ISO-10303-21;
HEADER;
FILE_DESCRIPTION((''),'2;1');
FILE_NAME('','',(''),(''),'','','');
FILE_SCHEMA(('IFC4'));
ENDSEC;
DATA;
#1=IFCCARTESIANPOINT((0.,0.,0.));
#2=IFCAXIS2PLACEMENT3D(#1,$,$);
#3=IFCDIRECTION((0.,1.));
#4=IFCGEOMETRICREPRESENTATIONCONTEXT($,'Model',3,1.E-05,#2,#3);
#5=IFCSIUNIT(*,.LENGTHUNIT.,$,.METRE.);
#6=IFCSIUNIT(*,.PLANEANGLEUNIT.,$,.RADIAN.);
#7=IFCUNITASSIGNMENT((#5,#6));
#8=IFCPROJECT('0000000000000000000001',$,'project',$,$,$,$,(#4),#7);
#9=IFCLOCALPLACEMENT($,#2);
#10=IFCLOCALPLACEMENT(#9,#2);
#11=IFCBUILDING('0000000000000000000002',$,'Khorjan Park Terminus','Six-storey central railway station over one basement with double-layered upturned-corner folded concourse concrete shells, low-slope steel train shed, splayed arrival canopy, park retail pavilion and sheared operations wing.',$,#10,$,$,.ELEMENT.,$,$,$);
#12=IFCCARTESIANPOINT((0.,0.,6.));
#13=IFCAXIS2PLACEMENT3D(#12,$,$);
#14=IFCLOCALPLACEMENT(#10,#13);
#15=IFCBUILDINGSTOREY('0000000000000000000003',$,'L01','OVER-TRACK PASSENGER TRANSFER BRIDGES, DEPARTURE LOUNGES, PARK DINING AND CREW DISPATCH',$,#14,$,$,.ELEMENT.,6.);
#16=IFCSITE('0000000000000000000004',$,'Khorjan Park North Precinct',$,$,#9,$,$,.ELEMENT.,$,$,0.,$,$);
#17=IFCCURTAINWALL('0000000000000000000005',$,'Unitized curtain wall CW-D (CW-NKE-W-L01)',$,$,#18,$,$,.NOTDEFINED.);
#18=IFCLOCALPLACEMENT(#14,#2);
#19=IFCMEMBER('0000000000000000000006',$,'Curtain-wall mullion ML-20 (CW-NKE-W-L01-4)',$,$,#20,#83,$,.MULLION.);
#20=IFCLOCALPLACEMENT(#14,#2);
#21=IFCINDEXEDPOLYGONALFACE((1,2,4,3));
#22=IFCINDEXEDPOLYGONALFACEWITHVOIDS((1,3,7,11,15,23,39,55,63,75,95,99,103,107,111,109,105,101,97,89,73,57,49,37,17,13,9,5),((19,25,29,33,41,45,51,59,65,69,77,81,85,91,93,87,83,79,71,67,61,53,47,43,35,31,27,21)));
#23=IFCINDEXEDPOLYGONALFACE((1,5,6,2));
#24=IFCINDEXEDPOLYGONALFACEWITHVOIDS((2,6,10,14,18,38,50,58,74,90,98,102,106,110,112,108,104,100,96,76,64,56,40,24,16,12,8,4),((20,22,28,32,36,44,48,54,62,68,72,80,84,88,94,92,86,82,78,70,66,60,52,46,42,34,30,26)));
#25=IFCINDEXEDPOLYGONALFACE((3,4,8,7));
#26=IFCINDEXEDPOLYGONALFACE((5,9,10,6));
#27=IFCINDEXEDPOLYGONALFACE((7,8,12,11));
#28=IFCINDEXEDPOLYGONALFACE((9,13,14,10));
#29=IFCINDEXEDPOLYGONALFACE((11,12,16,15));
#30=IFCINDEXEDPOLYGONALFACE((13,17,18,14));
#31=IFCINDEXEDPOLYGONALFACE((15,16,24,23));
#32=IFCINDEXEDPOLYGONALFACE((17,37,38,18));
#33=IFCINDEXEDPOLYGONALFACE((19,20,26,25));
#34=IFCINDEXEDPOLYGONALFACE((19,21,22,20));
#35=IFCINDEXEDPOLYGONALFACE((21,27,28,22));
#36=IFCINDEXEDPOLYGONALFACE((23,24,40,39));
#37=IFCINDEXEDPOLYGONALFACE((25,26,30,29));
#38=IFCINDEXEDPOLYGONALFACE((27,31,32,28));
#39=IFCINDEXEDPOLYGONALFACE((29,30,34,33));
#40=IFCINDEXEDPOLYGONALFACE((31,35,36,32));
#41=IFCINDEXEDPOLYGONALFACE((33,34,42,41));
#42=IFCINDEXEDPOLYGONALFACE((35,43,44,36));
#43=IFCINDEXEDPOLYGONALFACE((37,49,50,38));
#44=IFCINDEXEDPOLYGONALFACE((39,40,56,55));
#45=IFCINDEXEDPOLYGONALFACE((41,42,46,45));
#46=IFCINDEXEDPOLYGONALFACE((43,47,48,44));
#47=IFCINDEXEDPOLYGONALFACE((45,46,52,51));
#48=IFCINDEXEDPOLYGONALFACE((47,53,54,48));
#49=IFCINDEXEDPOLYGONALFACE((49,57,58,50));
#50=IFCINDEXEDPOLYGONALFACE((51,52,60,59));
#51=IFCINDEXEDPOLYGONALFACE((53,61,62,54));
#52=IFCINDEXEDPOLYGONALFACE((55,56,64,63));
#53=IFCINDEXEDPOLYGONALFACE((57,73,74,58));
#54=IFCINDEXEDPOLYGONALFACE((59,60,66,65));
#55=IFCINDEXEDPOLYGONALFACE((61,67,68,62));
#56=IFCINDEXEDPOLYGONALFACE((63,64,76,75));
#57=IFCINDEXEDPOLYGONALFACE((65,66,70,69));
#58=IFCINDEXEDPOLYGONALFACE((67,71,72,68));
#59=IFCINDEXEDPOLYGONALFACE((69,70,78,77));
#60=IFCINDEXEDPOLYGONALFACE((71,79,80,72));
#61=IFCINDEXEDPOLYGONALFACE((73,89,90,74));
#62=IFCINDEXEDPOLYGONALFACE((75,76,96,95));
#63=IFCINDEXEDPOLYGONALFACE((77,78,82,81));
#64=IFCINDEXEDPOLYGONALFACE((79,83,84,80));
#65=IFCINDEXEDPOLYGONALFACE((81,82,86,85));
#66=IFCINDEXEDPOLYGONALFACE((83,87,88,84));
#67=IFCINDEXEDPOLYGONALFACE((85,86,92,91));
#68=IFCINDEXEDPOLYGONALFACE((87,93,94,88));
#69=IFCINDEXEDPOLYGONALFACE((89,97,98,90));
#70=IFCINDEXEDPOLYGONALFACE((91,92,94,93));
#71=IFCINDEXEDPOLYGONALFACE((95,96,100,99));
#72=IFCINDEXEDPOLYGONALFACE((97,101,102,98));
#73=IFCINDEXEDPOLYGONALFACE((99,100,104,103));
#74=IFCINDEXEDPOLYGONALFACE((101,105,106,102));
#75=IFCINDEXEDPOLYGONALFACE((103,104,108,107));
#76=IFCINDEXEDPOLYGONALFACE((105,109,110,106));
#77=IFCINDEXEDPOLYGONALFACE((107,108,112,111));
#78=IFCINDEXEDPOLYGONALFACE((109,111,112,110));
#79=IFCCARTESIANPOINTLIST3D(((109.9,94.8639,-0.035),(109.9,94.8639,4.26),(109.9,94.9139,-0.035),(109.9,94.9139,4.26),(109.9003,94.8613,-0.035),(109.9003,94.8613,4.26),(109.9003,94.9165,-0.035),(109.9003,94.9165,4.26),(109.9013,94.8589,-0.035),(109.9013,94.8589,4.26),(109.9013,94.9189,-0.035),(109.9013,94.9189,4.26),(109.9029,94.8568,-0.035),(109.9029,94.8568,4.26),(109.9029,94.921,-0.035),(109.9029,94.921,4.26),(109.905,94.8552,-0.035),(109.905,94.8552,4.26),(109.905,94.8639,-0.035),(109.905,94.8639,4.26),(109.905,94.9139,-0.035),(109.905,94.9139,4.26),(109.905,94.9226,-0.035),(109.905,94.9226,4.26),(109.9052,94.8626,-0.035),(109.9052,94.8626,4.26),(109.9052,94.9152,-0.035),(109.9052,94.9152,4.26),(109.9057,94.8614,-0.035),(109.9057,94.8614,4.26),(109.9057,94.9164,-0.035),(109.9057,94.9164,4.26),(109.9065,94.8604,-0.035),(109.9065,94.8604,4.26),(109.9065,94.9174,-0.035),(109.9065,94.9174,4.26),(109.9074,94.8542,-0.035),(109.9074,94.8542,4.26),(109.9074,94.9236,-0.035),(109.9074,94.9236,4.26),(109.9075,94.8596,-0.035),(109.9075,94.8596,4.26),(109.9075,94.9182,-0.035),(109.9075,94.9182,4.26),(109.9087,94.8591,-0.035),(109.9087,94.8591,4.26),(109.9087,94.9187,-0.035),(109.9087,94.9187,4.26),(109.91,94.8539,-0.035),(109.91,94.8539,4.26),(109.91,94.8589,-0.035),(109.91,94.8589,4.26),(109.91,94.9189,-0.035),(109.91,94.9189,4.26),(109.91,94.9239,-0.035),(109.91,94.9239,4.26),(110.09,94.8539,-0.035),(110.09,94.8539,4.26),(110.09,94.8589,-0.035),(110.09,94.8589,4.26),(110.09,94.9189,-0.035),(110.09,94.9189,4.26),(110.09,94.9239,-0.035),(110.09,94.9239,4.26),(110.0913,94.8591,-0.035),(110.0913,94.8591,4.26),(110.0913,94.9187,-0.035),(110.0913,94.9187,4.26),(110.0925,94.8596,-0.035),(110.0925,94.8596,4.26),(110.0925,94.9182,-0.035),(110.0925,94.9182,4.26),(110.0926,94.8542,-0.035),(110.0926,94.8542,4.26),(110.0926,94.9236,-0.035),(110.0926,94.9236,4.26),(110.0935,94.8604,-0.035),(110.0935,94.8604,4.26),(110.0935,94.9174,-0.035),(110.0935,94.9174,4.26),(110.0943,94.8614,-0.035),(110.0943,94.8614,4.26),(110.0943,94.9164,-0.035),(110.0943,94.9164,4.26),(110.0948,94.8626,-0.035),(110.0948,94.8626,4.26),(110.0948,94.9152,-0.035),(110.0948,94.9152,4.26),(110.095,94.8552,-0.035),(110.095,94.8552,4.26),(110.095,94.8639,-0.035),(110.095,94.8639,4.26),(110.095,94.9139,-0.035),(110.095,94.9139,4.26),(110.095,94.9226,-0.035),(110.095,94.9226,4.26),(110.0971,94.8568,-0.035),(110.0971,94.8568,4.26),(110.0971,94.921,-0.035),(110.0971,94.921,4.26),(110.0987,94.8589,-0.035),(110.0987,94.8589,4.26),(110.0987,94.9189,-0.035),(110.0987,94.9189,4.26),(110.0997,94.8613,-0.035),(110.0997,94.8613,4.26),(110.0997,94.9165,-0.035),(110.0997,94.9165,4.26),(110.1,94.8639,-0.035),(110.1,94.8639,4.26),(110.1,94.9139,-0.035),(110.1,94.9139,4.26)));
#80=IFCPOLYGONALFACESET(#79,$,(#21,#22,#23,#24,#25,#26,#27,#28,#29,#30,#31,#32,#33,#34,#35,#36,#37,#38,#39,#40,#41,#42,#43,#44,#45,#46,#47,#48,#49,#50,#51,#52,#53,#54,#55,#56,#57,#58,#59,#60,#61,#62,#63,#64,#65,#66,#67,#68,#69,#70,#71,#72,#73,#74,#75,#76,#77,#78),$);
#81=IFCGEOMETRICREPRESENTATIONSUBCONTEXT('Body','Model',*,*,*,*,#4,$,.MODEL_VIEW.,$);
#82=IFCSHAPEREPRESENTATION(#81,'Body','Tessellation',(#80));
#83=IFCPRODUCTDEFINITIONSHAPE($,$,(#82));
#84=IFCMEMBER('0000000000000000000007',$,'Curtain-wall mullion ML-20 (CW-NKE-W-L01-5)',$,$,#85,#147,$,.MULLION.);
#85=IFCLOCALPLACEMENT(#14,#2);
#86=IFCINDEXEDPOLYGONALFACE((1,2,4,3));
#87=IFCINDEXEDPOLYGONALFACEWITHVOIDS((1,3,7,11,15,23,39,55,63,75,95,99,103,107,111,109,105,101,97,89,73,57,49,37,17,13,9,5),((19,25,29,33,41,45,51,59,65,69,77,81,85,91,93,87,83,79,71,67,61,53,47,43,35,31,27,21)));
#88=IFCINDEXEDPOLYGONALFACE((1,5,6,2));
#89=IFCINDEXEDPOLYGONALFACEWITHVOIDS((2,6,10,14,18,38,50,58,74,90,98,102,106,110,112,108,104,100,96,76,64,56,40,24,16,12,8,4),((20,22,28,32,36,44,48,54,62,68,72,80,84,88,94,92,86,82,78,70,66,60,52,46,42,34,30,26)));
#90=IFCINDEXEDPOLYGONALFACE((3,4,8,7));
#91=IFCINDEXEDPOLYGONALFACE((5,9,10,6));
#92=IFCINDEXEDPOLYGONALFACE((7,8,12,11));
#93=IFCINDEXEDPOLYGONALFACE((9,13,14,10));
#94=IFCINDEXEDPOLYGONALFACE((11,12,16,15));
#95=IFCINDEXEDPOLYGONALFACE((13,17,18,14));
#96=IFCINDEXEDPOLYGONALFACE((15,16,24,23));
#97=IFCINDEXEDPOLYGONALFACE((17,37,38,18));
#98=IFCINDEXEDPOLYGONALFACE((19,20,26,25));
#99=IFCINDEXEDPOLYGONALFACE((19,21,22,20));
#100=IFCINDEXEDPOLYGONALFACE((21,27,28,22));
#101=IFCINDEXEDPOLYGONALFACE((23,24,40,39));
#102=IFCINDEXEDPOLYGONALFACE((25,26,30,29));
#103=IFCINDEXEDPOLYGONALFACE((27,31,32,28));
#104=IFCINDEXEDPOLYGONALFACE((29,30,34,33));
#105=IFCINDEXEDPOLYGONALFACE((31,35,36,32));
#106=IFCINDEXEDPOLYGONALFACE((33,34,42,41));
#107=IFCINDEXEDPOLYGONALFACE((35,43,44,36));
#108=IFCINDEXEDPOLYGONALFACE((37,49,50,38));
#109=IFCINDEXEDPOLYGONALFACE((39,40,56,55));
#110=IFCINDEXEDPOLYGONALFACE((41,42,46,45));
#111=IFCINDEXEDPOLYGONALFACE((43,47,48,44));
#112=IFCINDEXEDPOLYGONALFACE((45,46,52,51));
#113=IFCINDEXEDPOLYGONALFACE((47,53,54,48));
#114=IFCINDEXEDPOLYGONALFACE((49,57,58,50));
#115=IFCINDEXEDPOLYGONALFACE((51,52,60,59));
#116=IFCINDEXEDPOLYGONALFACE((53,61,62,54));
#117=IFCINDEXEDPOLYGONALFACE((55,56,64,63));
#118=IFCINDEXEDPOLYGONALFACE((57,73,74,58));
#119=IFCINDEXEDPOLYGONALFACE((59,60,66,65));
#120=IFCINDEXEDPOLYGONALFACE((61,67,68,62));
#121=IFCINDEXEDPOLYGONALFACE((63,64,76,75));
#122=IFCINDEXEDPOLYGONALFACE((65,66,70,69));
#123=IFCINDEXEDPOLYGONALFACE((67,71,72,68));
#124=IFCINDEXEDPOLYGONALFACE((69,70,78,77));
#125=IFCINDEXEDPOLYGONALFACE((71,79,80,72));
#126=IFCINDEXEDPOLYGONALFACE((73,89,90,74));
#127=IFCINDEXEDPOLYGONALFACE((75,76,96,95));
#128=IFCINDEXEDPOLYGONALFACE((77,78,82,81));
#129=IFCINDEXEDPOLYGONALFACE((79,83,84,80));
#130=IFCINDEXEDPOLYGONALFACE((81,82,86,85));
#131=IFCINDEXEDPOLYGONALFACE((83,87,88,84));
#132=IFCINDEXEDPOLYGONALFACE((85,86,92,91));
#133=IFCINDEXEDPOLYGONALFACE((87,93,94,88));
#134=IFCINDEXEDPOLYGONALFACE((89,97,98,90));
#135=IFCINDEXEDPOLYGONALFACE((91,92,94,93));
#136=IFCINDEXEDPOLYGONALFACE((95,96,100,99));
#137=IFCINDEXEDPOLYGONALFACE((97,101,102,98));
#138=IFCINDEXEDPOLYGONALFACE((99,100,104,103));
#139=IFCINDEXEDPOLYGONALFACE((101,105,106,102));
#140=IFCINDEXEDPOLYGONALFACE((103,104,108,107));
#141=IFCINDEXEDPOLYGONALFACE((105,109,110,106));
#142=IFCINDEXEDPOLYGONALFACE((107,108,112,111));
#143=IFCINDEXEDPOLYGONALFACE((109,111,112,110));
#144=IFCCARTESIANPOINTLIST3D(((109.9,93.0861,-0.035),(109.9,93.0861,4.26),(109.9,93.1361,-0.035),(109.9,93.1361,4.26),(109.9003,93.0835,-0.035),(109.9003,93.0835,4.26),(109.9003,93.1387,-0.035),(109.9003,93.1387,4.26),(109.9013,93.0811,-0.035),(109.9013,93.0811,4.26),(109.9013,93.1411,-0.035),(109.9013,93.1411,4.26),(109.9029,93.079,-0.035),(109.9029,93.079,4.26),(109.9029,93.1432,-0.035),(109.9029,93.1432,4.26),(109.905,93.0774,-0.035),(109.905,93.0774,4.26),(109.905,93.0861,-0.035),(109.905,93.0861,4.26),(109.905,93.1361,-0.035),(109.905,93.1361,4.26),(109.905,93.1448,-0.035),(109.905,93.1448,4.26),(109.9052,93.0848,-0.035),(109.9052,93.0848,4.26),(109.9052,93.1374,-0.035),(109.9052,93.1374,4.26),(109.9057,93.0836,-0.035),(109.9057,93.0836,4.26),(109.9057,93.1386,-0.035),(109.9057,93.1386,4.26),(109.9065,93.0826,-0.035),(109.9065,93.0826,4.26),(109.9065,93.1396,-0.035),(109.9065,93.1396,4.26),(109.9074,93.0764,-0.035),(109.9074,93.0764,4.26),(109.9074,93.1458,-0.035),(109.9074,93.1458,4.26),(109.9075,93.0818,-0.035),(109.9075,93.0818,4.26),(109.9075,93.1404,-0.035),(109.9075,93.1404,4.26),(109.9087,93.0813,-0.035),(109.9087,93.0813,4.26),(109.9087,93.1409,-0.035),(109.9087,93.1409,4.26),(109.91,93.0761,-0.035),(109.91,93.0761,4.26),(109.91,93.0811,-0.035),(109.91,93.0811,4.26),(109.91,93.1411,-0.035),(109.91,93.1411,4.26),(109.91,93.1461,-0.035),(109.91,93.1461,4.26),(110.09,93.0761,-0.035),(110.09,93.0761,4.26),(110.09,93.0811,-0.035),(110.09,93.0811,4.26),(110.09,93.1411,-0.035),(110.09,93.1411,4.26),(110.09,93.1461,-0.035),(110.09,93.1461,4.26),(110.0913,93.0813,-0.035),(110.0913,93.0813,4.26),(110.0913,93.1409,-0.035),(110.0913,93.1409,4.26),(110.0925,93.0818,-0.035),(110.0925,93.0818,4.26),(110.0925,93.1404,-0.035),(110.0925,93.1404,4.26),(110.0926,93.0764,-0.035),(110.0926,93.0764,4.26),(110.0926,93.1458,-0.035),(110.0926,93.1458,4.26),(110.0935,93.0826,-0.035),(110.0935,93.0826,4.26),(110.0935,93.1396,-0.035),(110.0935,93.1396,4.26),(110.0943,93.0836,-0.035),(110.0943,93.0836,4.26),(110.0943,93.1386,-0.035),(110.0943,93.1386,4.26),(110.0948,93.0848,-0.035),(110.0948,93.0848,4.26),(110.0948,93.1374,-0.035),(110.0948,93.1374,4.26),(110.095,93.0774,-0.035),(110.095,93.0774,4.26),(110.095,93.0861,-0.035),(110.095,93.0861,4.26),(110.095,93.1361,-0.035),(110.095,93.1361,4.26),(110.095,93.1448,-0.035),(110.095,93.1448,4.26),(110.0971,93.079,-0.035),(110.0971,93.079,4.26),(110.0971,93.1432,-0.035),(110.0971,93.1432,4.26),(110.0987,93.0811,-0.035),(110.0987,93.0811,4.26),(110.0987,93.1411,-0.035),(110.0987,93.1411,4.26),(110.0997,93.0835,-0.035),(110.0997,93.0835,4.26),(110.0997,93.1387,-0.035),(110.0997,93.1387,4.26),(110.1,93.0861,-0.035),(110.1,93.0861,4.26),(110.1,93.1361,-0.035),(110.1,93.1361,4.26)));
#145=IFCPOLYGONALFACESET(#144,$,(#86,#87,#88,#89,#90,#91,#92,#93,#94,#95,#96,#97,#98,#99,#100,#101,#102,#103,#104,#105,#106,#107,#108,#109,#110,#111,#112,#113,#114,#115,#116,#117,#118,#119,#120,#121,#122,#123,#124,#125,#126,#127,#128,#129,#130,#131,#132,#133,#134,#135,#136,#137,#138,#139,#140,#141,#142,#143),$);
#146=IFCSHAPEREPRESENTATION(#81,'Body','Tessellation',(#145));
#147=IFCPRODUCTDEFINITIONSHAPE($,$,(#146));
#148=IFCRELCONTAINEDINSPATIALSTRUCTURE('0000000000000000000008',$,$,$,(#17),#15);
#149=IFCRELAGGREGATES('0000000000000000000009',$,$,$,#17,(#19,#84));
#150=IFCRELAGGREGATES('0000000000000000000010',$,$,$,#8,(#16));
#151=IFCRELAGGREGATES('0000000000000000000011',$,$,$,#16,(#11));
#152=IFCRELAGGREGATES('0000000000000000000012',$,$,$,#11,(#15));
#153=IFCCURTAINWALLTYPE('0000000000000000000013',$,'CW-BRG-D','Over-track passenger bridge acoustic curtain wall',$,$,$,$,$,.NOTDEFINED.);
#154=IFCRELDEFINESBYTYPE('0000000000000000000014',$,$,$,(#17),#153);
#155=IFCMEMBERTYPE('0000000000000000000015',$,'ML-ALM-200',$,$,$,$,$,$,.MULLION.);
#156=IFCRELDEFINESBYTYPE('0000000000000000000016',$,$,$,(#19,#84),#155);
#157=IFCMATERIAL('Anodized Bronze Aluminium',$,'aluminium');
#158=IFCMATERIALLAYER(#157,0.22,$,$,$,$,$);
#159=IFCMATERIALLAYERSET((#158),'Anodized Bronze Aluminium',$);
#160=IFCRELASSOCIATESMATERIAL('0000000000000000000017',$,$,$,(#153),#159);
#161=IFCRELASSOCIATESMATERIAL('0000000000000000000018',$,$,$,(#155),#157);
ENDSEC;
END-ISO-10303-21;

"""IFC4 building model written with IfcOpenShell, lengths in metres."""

from ifc_helpers import new_model, si_unit, direction, frame, origin, origin_2d, place, context, subcontext, project, spatial, hollow_rectangle, extrude, material, layer, layer_set, material_profile, profile_set, type_object, element, aggregate, save


model = new_model("IFC4")

# Units and contexts
model_context = context("Model", 3, precision=1e-05, world=origin(), true_north=direction((0.0, 1.0)))
body_context = subcontext(model_context, "Body", "Model", "MODEL_VIEW")
ifc_project = project(units=[si_unit("LENGTHUNIT", "METRE"), si_unit("PLANEANGLEUNIT", "RADIAN")], contexts=[model_context])

# Site, building, storey
site_placement = place(None, origin())
site = spatial("IfcSite", under=ifc_project, at=site_placement, Name="Khorjan Park North Precinct", CompositionType="ELEMENT", RefElevation=0.0)
building_placement = place(site_placement, origin())
building = spatial("IfcBuilding", under=site, at=building_placement, Name="Khorjan Park Terminus", Description="Six-storey central railway station over one basement with double-layered upturned-corner folded concourse concrete shells, low-slope steel train shed, splayed arrival canopy, park retail pavilion and sheared operations wing.", CompositionType="ELEMENT")
storey_placement = place(building_placement, frame((0.0, 0.0, 6.0)))
storey = spatial("IfcBuildingStorey", under=building, at=storey_placement, Name="L01", Description="OVER-TRACK PASSENGER TRANSFER BRIDGES, DEPARTURE LOUNGES, PARK DINING AND CREW DISPATCH", CompositionType="ELEMENT", Elevation=6.0)

# Curtain wall, members
ifc_material_1 = material(Name="Anodized Bronze Aluminium", Category="aluminium")
ifc_layer_1 = layer(ifc_material_1, 0.22)
ifc_layer_set_1 = layer_set([ifc_layer_1], Name="Anodized Bronze Aluminium")
curtain_wall_type = type_object("IfcCurtainWallType", Name="CW-BRG-D", Description="Over-track passenger bridge acoustic curtain wall", PredefinedType="NOTDEFINED", material=ifc_layer_set_1)
curtain_wall_placement = place(storey_placement, origin())
curtain_wall = element("IfcCurtainWall", 1, at=curtain_wall_placement, inside=storey, type_object=curtain_wall_type, Name="Unitized curtain wall CW-D (CW-NKE-W-L01)", PredefinedType="NOTDEFINED")
ifc_material_profile_1 = material_profile(ifc_material_1, hollow_rectangle(XDim=0.07, YDim=0.2, WallThickness=0.005, InnerFilletRadius=0.005, OuterFilletRadius=0.01, at=origin_2d()), Name="ALM 70x200x5")
ifc_profile_set_1 = profile_set([ifc_material_profile_1], Name="Anodized Bronze Aluminium")
member_type_1 = type_object("IfcMemberType", Name="ML-ALM-200", PredefinedType="MULLION", material=ifc_profile_set_1)
member_1_placement = place(storey_placement, frame((110.0, 94.8889, -0.035), z_axis=(0.0, 0.0, 1.0), x_axis=(0.0, -1.0, 0.0)))
member_1 = element("IfcMember", 2, at=member_1_placement, type_object=member_type_1, Name="Curtain-wall mullion ML-20 (CW-NKE-W-L01-4)", PredefinedType="MULLION", context=body_context, shape_type="SweptSolid", body=[
    extrude(hollow_rectangle(XDim=0.07, YDim=0.2, WallThickness=0.005, InnerFilletRadius=0.005, OuterFilletRadius=0.01, at=origin_2d()), origin(), (0.0, 0.0, 1.0), 4.295),
])
member_2_placement = place(storey_placement, frame((110.0, 93.1111, -0.035), z_axis=(0.0, 0.0, 1.0), x_axis=(0.0, -1.0, 0.0)))
member_2 = element("IfcMember", 3, at=member_2_placement, type_object=member_type_1, Name="Curtain-wall mullion ML-20 (CW-NKE-W-L01-5)", PredefinedType="MULLION", context=body_context, shape_type="SweptSolid", body=[
    extrude(hollow_rectangle(XDim=0.07, YDim=0.2, WallThickness=0.005, InnerFilletRadius=0.005, OuterFilletRadius=0.01, at=origin_2d()), origin(), (0.0, 0.0, 1.0), 4.295),
])
aggregate(curtain_wall, [member_1, member_2])

save(model, "model.ifc")
